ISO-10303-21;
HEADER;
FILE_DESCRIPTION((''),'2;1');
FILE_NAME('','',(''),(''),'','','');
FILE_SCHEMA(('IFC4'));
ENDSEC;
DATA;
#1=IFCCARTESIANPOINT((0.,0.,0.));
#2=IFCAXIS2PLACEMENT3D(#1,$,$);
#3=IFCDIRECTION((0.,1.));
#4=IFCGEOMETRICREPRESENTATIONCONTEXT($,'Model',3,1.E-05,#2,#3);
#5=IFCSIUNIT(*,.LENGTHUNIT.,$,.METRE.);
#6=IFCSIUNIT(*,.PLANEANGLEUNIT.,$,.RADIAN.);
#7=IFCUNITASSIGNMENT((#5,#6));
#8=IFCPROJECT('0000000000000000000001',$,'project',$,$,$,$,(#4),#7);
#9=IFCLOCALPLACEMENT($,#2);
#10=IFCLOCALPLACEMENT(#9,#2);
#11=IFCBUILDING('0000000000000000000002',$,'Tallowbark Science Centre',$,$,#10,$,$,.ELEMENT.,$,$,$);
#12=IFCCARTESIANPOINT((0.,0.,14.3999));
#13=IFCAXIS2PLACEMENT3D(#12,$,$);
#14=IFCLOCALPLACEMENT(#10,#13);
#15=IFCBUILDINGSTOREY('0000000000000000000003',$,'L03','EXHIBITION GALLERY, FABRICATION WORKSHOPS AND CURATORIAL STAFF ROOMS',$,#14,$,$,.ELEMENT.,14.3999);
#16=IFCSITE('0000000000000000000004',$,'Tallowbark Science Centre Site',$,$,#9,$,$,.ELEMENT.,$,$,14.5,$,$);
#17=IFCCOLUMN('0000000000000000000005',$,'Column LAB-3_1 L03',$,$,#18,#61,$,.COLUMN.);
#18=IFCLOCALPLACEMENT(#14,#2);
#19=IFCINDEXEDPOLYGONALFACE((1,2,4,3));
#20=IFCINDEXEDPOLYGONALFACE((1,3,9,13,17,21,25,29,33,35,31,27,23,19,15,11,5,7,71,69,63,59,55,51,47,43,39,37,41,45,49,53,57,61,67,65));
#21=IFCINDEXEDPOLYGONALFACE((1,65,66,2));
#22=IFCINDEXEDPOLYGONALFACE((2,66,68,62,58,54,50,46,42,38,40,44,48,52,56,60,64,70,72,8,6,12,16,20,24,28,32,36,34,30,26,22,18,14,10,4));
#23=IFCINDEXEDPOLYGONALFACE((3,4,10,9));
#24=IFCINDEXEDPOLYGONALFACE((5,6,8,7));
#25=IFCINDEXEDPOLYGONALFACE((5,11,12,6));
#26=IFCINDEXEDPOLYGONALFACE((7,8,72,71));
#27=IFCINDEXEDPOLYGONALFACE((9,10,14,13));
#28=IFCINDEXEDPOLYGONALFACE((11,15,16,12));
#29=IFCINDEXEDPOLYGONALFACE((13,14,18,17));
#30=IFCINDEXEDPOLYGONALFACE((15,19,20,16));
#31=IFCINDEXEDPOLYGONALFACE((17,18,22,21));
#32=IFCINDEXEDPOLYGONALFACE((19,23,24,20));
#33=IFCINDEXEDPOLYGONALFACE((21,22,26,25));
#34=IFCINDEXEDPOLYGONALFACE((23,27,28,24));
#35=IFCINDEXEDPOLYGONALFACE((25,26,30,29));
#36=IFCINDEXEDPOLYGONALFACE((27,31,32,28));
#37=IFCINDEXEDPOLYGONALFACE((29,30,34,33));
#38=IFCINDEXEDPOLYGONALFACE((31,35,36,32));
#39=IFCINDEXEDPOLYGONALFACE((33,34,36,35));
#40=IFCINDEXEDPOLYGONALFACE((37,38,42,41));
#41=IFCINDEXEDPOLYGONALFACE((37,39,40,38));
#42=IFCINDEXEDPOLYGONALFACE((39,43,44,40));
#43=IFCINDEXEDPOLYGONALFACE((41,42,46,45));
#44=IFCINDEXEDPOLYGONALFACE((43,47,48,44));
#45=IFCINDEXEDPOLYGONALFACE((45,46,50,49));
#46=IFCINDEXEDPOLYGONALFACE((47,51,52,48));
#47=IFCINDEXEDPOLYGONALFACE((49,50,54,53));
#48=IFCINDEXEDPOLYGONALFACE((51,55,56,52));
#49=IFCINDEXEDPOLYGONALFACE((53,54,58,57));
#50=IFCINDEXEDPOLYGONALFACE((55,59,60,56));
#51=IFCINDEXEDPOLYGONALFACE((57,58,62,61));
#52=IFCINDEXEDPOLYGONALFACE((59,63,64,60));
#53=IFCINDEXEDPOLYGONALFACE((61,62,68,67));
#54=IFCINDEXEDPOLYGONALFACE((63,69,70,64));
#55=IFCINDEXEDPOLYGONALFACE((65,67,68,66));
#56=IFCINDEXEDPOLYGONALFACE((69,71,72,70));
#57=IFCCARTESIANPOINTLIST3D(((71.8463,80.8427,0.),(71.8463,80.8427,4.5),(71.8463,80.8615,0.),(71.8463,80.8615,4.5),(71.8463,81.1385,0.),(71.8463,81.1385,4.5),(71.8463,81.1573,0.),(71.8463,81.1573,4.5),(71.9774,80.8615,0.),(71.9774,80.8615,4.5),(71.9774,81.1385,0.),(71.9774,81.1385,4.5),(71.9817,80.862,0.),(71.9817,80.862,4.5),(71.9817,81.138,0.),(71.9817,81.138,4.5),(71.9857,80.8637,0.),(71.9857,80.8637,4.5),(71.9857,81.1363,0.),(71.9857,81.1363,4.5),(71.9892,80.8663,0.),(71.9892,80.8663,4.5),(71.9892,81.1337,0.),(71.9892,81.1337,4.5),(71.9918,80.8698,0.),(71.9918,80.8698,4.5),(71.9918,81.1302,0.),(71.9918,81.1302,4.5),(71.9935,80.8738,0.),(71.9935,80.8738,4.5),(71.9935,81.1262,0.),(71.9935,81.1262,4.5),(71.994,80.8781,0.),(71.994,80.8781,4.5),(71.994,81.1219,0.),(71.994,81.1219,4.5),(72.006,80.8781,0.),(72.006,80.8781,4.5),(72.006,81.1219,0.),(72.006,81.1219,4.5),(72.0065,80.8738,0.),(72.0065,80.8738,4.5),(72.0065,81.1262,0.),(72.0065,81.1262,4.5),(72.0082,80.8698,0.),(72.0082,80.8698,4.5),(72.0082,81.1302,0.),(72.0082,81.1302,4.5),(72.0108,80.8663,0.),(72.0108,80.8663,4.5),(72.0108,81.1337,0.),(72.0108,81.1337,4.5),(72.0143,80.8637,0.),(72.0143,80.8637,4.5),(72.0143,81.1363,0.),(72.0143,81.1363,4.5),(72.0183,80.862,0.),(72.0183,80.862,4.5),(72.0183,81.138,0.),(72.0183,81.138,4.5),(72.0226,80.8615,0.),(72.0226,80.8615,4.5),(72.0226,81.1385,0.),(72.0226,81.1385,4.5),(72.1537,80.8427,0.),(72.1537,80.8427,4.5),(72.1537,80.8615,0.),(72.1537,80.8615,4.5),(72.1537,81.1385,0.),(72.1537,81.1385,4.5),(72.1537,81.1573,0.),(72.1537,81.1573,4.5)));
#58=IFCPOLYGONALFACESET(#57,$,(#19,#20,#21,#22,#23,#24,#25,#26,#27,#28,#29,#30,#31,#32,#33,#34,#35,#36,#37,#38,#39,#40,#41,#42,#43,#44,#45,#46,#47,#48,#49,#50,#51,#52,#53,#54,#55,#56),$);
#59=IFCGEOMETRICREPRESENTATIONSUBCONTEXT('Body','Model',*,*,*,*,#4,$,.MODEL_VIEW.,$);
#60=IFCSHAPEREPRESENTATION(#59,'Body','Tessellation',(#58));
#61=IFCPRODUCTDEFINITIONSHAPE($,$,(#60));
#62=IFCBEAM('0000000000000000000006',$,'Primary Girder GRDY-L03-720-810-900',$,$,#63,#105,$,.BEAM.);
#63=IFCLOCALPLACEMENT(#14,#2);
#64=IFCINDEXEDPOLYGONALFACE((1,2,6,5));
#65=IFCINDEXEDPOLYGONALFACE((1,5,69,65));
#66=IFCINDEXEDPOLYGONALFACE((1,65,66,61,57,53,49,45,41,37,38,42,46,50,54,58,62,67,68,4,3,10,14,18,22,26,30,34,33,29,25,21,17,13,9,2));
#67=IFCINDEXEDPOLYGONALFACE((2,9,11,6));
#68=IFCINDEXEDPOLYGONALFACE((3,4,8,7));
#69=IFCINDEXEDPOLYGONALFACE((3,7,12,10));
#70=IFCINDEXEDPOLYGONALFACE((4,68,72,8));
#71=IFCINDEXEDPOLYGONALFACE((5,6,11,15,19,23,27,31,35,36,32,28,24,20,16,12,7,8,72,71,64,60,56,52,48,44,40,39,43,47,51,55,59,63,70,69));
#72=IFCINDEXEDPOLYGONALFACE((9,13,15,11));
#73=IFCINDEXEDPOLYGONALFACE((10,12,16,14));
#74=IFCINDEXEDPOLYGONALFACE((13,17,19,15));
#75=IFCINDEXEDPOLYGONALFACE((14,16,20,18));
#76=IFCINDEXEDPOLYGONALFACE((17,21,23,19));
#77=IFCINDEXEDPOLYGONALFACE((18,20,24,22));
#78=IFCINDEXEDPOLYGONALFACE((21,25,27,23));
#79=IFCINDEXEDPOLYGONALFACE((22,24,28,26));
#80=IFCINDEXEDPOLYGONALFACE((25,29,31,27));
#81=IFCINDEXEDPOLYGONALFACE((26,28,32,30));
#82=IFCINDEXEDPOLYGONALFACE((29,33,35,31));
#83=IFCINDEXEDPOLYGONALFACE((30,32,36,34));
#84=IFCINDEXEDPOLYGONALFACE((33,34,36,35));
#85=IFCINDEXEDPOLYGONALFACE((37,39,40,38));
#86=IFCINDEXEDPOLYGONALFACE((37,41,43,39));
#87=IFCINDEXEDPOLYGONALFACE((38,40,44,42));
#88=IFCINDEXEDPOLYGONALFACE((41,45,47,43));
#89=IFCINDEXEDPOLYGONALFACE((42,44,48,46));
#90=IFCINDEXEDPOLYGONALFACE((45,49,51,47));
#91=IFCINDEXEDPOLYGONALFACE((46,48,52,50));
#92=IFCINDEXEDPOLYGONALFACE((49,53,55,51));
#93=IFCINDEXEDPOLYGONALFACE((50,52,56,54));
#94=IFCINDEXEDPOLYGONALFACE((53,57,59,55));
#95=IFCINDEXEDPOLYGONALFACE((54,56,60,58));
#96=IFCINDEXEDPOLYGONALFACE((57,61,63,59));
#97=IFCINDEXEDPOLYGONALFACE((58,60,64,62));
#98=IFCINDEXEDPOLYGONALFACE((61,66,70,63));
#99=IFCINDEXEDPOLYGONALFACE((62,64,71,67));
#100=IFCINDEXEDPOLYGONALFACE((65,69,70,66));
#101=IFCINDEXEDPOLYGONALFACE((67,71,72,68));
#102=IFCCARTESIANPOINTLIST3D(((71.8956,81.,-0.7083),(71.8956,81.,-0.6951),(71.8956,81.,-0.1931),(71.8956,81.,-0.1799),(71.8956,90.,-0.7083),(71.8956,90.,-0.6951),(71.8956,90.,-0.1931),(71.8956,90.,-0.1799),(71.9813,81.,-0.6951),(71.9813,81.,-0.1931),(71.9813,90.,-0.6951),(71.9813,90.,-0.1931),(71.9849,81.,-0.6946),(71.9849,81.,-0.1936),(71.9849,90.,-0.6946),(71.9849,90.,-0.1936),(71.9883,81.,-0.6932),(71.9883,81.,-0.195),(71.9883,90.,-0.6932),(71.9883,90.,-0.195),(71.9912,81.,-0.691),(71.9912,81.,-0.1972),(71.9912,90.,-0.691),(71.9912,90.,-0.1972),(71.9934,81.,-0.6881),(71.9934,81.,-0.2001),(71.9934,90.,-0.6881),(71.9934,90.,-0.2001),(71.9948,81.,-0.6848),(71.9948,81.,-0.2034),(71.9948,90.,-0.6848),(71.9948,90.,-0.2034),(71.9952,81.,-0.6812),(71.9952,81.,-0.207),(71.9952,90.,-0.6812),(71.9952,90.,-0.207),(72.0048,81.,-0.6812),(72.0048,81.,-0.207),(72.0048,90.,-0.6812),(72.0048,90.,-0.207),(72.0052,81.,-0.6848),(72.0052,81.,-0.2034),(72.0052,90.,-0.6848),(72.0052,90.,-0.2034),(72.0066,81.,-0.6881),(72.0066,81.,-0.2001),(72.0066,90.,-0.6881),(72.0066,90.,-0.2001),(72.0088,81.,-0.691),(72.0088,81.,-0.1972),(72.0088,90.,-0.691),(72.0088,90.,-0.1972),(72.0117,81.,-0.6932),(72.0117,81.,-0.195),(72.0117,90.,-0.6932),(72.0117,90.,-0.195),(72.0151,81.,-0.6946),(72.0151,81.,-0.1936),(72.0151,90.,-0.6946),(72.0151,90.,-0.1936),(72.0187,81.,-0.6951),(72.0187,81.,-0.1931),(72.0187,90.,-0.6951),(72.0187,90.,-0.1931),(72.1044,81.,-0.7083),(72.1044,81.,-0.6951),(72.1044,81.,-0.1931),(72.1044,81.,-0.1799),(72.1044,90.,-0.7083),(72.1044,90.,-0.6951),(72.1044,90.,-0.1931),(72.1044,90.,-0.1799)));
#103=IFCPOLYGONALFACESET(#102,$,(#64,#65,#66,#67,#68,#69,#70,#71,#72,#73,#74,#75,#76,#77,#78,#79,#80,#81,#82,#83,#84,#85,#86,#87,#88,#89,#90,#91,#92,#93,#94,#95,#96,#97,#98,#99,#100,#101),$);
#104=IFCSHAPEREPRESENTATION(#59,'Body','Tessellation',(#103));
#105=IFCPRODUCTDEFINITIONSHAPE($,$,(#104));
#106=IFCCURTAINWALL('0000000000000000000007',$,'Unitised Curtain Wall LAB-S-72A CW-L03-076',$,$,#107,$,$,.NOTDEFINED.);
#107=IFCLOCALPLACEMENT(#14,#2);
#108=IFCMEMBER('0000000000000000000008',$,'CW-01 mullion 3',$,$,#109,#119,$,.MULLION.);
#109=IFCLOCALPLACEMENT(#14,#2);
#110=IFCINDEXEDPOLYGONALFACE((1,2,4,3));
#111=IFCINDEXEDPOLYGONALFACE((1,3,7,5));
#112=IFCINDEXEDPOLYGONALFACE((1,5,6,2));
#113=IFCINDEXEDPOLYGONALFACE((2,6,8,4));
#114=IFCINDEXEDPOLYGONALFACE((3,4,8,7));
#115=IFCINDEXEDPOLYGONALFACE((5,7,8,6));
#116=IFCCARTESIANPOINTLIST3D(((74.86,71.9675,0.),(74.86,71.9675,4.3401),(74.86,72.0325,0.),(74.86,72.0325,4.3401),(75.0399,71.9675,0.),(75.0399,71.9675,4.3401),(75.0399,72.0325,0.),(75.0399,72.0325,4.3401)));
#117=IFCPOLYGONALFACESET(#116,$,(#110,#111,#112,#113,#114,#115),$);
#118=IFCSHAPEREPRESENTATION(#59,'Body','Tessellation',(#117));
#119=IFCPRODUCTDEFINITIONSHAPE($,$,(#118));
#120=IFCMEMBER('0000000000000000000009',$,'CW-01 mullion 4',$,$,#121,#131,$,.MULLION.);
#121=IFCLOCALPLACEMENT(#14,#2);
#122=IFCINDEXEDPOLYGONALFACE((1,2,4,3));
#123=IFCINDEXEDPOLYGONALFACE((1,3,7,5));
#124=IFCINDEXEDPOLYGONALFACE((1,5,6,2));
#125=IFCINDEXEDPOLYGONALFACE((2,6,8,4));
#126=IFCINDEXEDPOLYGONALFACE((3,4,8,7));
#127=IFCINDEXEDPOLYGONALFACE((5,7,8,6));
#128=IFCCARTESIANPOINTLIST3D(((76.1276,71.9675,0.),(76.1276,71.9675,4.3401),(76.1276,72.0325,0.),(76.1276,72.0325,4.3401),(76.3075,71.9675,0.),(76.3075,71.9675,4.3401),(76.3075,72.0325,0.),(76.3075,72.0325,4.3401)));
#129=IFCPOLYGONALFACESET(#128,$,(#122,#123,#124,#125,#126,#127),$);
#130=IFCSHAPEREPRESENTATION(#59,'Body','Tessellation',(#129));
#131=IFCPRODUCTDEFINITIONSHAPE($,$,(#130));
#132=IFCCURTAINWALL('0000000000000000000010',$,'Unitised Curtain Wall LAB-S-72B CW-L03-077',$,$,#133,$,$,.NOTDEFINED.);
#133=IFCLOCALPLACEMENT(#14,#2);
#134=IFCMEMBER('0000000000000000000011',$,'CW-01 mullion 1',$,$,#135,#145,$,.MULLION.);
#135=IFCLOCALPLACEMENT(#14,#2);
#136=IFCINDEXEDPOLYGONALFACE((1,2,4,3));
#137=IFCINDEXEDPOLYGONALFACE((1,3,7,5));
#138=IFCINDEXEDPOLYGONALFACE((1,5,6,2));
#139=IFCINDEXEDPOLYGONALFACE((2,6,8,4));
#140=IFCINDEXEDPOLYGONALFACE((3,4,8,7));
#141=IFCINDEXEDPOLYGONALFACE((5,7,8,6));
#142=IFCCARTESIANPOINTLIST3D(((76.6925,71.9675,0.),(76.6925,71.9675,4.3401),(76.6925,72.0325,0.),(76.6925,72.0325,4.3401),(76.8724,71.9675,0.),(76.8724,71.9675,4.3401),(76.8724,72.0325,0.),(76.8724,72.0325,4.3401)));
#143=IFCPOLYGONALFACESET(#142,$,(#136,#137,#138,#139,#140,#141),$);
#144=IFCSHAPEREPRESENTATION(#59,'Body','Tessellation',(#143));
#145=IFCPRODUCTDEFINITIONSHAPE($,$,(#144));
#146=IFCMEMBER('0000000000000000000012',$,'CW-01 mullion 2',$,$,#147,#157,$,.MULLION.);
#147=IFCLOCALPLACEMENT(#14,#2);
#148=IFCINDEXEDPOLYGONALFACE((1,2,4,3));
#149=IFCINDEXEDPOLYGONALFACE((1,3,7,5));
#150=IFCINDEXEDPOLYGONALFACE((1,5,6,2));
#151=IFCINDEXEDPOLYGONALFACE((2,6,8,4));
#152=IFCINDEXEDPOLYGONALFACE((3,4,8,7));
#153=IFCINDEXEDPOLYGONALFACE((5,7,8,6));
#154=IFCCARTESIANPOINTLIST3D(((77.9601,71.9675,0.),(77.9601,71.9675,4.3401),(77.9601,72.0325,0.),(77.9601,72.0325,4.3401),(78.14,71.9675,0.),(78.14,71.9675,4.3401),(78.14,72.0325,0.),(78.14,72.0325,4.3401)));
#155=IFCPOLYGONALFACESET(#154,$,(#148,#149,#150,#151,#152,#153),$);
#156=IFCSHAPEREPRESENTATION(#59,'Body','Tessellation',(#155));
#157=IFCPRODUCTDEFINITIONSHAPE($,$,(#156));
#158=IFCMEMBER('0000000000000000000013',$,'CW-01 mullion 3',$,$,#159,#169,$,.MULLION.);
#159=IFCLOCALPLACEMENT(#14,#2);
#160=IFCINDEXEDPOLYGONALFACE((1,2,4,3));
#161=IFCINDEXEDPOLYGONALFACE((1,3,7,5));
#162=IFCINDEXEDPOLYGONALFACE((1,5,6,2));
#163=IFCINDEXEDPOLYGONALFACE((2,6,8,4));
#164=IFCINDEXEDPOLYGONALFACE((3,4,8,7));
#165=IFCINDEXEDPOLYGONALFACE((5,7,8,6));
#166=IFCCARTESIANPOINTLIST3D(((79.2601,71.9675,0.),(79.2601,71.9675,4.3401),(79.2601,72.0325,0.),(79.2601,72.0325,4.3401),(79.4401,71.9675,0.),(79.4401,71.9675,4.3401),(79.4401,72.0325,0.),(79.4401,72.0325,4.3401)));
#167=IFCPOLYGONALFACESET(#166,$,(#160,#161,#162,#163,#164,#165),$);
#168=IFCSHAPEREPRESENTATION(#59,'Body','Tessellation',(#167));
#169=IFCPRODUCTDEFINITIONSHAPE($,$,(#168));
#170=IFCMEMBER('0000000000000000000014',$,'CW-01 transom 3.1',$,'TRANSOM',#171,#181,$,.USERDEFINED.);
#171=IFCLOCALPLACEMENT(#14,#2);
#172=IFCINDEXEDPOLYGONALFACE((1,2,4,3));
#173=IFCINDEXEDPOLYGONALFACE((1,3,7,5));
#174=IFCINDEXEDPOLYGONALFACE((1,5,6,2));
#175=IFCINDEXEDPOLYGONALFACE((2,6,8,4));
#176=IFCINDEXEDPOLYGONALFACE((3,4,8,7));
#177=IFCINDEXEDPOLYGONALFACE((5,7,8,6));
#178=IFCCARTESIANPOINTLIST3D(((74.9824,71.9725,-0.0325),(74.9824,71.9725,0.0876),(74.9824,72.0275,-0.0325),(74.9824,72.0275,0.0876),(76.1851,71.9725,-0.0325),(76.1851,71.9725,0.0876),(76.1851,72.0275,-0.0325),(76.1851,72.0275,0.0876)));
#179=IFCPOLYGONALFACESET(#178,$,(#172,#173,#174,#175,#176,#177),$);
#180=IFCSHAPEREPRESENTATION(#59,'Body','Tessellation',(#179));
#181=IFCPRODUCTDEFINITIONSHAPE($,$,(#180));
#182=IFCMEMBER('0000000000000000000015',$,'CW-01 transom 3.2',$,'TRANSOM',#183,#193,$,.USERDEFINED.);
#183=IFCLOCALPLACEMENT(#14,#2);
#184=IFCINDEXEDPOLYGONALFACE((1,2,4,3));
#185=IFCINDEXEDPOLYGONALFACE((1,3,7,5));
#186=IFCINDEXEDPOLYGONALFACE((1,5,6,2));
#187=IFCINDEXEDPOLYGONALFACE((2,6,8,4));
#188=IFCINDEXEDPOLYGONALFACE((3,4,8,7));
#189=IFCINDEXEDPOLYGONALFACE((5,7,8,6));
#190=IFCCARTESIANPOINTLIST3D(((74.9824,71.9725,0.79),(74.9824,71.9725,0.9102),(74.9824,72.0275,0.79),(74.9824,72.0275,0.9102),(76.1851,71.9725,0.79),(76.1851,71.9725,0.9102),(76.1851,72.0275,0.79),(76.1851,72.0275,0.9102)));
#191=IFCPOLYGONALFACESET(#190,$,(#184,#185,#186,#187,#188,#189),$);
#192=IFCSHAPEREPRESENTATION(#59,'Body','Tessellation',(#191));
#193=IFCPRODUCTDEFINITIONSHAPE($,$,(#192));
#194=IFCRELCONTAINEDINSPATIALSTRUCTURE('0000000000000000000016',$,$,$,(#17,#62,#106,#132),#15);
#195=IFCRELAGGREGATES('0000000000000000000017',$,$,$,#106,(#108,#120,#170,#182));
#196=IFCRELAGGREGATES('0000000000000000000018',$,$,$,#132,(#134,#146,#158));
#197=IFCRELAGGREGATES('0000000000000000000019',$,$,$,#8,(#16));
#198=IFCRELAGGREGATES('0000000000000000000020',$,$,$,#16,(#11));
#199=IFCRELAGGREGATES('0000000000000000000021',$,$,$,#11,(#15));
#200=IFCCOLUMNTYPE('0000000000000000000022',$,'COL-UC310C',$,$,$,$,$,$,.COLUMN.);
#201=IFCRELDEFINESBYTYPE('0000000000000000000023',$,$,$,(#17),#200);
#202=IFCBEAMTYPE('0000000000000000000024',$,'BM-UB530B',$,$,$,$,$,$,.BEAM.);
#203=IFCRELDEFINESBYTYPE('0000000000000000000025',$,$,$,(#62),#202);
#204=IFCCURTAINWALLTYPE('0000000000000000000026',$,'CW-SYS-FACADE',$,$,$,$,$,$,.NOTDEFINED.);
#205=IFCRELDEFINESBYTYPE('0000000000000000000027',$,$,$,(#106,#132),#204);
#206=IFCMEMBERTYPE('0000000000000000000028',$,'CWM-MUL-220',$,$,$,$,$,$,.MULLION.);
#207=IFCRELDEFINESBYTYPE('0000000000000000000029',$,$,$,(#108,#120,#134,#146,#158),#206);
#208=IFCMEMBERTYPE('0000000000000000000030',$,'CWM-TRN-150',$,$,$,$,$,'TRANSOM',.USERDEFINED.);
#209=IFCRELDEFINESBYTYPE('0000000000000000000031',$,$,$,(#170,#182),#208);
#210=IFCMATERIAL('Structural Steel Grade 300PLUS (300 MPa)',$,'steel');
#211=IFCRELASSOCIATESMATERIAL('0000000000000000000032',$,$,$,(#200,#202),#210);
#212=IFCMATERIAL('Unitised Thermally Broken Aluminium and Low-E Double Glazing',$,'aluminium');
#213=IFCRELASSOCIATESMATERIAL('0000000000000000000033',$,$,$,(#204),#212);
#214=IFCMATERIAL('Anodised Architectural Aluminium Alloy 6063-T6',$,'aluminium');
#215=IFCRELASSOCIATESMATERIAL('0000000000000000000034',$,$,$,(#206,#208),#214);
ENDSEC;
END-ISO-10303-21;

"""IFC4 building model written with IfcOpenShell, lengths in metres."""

from ifc_helpers import new_model, si_unit, direction, frame, origin, origin_2d, place, context, subcontext, project, spatial, rectangle, i_section, extrude, material, material_profile, profile_set, type_object, element, aggregate, save


model = new_model("IFC4")

# Units and contexts
model_context = context("Model", 3, precision=1e-05, world=origin(), true_north=direction((0.0, 1.0)))
body_context = subcontext(model_context, "Body", "Model", "MODEL_VIEW")
ifc_project = project(units=[si_unit("LENGTHUNIT", "METRE"), si_unit("PLANEANGLEUNIT", "RADIAN")], contexts=[model_context])

# Site, building, storey
site_placement = place(None, origin())
site = spatial("IfcSite", under=ifc_project, at=site_placement, Name="Tallowbark Science Centre Site", CompositionType="ELEMENT", RefElevation=14.5)
building_placement = place(site_placement, origin())
building = spatial("IfcBuilding", under=site, at=building_placement, Name="Tallowbark Science Centre", CompositionType="ELEMENT")
storey_placement = place(building_placement, frame((0.0, 0.0, 14.3999)))
storey = spatial("IfcBuildingStorey", under=building, at=storey_placement, Name="L03", Description="EXHIBITION GALLERY, FABRICATION WORKSHOPS AND CURATORIAL STAFF ROOMS", CompositionType="ELEMENT", Elevation=14.3999)

# Column
ifc_material_1 = material(Name="Structural Steel Grade 300PLUS (300 MPa)", Category="steel")
ifc_material_profile_1 = material_profile(ifc_material_1, i_section(OverallWidth=0.3074, OverallDepth=0.3147, WebThickness=0.012, FlangeThickness=0.0188, FilletRadius=0.0166, at=origin_2d()), Name="310UC118")
ifc_profile_set_1 = profile_set([ifc_material_profile_1], Name="Structural Steel Grade 300PLUS (300 MPa)")
column_type = type_object("IfcColumnType", Name="COL-UC310C", PredefinedType="COLUMN", material=ifc_profile_set_1)
column_placement = place(storey_placement, frame((72.0, 81.0, 0.0), z_axis=(0.0, 0.0, 1.0), x_axis=(1.0, 0.0, 0.0)))
element("IfcColumn", 1, at=column_placement, inside=storey, type_object=column_type, Name="Column LAB-3_1 L03", PredefinedType="COLUMN", context=body_context, shape_type="SweptSolid", body=[
    extrude(i_section(OverallWidth=0.3074, OverallDepth=0.3147, WebThickness=0.012, FlangeThickness=0.0188, FilletRadius=0.0166, at=origin_2d()), origin(), (0.0, 0.0, 1.0), 4.5),
])

# Beam
ifc_material_profile_2 = material_profile(ifc_material_1, i_section(OverallWidth=0.2087, OverallDepth=0.5283, WebThickness=0.0095, FlangeThickness=0.0132, FilletRadius=0.0139, at=origin_2d()), Name="530UB82.0")
ifc_profile_set_2 = profile_set([ifc_material_profile_2], Name="Structural Steel Grade 300PLUS (300 MPa)")
beam_type = type_object("IfcBeamType", Name="BM-UB530B", PredefinedType="BEAM", material=ifc_profile_set_2)
beam_placement = place(storey_placement, frame((72.0, 81.0, -0.4441), z_axis=(0.0, 1.0, 0.0), x_axis=(-1.0, 0.0, 0.0)))
element("IfcBeam", 2, at=beam_placement, inside=storey, type_object=beam_type, Name="Primary Girder GRDY-L03-720-810-900", PredefinedType="BEAM", context=body_context, shape_type="SweptSolid", body=[
    extrude(i_section(OverallWidth=0.2087, OverallDepth=0.5283, WebThickness=0.0095, FlangeThickness=0.0132, FilletRadius=0.0139, at=origin_2d()), origin(), (0.0, 0.0, 1.0), 9.0),
])

# Curtain walls, members
ifc_material_2 = material(Name="Unitised Thermally Broken Aluminium and Low-E Double Glazing", Category="aluminium")
curtain_wall_type = type_object("IfcCurtainWallType", Name="CW-SYS-FACADE", PredefinedType="NOTDEFINED", material=ifc_material_2)
curtain_wall_1_placement = place(storey_placement, origin())
curtain_wall_1 = element("IfcCurtainWall", 3, at=curtain_wall_1_placement, inside=storey, type_object=curtain_wall_type, Name="Unitised Curtain Wall LAB-S-72A CW-L03-076", PredefinedType="NOTDEFINED")
ifc_material_3 = material(Name="Anodised Architectural Aluminium Alloy 6063-T6", Category="aluminium")
ifc_material_profile_3 = material_profile(ifc_material_3, rectangle(XDim=0.0649, YDim=0.1799, at=origin_2d()), Name="ALU65x180")
ifc_profile_set_3 = profile_set([ifc_material_profile_3], Name="Anodised Architectural Aluminium Alloy 6063-T6")
member_type_1 = type_object("IfcMemberType", Name="CWM-MUL-220", PredefinedType="MULLION", material=ifc_profile_set_3)
member_1_placement = place(storey_placement, frame((74.95, 72.0, 0.0), z_axis=(0.0, 0.0, 1.0), x_axis=(0.0, 1.0, 0.0)))
member_1 = element("IfcMember", 4, at=member_1_placement, type_object=member_type_1, Name="CW-01 mullion 3", PredefinedType="MULLION", context=body_context, shape_type="SweptSolid", body=[
    extrude(rectangle(XDim=0.0649, YDim=0.1799, at=origin_2d()), origin(), (0.0, 0.0, 1.0), 4.3401),
])
member_2_placement = place(storey_placement, frame((76.2175, 72.0, 0.0), z_axis=(0.0, 0.0, 1.0), x_axis=(0.0, 1.0, 0.0)))
member_2 = element("IfcMember", 5, at=member_2_placement, type_object=member_type_1, Name="CW-01 mullion 4", PredefinedType="MULLION", context=body_context, shape_type="SweptSolid", body=[
    extrude(rectangle(XDim=0.0649, YDim=0.1799, at=origin_2d()), origin(), (0.0, 0.0, 1.0), 4.3401),
])
curtain_wall_2_placement = place(storey_placement, origin())
curtain_wall_2 = element("IfcCurtainWall", 6, at=curtain_wall_2_placement, inside=storey, type_object=curtain_wall_type, Name="Unitised Curtain Wall LAB-S-72B CW-L03-077", PredefinedType="NOTDEFINED")
member_3_placement = place(storey_placement, frame((76.7825, 72.0, 0.0), z_axis=(0.0, 0.0, 1.0), x_axis=(0.0, 1.0, 0.0)))
member_3 = element("IfcMember", 7, at=member_3_placement, type_object=member_type_1, Name="CW-01 mullion 1", PredefinedType="MULLION", context=body_context, shape_type="SweptSolid", body=[
    extrude(rectangle(XDim=0.0649, YDim=0.1799, at=origin_2d()), origin(), (0.0, 0.0, 1.0), 4.3401),
])
member_4_placement = place(storey_placement, frame((78.05, 72.0, 0.0), z_axis=(0.0, 0.0, 1.0), x_axis=(0.0, 1.0, 0.0)))
member_4 = element("IfcMember", 8, at=member_4_placement, type_object=member_type_1, Name="CW-01 mullion 2", PredefinedType="MULLION", context=body_context, shape_type="SweptSolid", body=[
    extrude(rectangle(XDim=0.0649, YDim=0.1799, at=origin_2d()), origin(), (0.0, 0.0, 1.0), 4.3401),
])
member_5_placement = place(storey_placement, frame((79.3501, 72.0, 0.0), z_axis=(0.0, 0.0, 1.0), x_axis=(0.0, 1.0, 0.0)))
member_5 = element("IfcMember", 9, at=member_5_placement, type_object=member_type_1, Name="CW-01 mullion 3", PredefinedType="MULLION", context=body_context, shape_type="SweptSolid", body=[
    extrude(rectangle(XDim=0.0649, YDim=0.1799, at=origin_2d()), origin(), (0.0, 0.0, 1.0), 4.3401),
])

# Members
ifc_material_profile_4 = material_profile(ifc_material_3, rectangle(XDim=0.0549, YDim=0.1201, at=origin_2d()), Name="ALU55x120")
ifc_profile_set_4 = profile_set([ifc_material_profile_4], Name="Anodised Architectural Aluminium Alloy 6063-T6")
member_type_2 = type_object("IfcMemberType", Name="CWM-TRN-150", ElementType="TRANSOM", PredefinedType="USERDEFINED", material=ifc_profile_set_4)
member_6_placement = place(storey_placement, frame((74.9824, 72.0, 0.0276), z_axis=(1.0, 0.0, 0.0), x_axis=(0.0, 1.0, 0.0)))
member_6 = element("IfcMember", 10, at=member_6_placement, type_object=member_type_2, Name="CW-01 transom 3.1", ObjectType="TRANSOM", PredefinedType="USERDEFINED", context=body_context, shape_type="SweptSolid", body=[
    extrude(rectangle(XDim=0.0549, YDim=0.1201, at=origin_2d()), origin(), (0.0, 0.0, 1.0), 1.2026),
])
member_7_placement = place(storey_placement, frame((74.9824, 72.0, 0.8501), z_axis=(1.0, 0.0, 0.0), x_axis=(0.0, 1.0, 0.0)))
member_7 = element("IfcMember", 11, at=member_7_placement, type_object=member_type_2, Name="CW-01 transom 3.2", ObjectType="TRANSOM", PredefinedType="USERDEFINED", context=body_context, shape_type="SweptSolid", body=[
    extrude(rectangle(XDim=0.0549, YDim=0.1201, at=origin_2d()), origin(), (0.0, 0.0, 1.0), 1.2026),
])

aggregate(curtain_wall_1, [member_1, member_2, member_6, member_7])
aggregate(curtain_wall_2, [member_3, member_4, member_5])

save(model, "model.ifc")
